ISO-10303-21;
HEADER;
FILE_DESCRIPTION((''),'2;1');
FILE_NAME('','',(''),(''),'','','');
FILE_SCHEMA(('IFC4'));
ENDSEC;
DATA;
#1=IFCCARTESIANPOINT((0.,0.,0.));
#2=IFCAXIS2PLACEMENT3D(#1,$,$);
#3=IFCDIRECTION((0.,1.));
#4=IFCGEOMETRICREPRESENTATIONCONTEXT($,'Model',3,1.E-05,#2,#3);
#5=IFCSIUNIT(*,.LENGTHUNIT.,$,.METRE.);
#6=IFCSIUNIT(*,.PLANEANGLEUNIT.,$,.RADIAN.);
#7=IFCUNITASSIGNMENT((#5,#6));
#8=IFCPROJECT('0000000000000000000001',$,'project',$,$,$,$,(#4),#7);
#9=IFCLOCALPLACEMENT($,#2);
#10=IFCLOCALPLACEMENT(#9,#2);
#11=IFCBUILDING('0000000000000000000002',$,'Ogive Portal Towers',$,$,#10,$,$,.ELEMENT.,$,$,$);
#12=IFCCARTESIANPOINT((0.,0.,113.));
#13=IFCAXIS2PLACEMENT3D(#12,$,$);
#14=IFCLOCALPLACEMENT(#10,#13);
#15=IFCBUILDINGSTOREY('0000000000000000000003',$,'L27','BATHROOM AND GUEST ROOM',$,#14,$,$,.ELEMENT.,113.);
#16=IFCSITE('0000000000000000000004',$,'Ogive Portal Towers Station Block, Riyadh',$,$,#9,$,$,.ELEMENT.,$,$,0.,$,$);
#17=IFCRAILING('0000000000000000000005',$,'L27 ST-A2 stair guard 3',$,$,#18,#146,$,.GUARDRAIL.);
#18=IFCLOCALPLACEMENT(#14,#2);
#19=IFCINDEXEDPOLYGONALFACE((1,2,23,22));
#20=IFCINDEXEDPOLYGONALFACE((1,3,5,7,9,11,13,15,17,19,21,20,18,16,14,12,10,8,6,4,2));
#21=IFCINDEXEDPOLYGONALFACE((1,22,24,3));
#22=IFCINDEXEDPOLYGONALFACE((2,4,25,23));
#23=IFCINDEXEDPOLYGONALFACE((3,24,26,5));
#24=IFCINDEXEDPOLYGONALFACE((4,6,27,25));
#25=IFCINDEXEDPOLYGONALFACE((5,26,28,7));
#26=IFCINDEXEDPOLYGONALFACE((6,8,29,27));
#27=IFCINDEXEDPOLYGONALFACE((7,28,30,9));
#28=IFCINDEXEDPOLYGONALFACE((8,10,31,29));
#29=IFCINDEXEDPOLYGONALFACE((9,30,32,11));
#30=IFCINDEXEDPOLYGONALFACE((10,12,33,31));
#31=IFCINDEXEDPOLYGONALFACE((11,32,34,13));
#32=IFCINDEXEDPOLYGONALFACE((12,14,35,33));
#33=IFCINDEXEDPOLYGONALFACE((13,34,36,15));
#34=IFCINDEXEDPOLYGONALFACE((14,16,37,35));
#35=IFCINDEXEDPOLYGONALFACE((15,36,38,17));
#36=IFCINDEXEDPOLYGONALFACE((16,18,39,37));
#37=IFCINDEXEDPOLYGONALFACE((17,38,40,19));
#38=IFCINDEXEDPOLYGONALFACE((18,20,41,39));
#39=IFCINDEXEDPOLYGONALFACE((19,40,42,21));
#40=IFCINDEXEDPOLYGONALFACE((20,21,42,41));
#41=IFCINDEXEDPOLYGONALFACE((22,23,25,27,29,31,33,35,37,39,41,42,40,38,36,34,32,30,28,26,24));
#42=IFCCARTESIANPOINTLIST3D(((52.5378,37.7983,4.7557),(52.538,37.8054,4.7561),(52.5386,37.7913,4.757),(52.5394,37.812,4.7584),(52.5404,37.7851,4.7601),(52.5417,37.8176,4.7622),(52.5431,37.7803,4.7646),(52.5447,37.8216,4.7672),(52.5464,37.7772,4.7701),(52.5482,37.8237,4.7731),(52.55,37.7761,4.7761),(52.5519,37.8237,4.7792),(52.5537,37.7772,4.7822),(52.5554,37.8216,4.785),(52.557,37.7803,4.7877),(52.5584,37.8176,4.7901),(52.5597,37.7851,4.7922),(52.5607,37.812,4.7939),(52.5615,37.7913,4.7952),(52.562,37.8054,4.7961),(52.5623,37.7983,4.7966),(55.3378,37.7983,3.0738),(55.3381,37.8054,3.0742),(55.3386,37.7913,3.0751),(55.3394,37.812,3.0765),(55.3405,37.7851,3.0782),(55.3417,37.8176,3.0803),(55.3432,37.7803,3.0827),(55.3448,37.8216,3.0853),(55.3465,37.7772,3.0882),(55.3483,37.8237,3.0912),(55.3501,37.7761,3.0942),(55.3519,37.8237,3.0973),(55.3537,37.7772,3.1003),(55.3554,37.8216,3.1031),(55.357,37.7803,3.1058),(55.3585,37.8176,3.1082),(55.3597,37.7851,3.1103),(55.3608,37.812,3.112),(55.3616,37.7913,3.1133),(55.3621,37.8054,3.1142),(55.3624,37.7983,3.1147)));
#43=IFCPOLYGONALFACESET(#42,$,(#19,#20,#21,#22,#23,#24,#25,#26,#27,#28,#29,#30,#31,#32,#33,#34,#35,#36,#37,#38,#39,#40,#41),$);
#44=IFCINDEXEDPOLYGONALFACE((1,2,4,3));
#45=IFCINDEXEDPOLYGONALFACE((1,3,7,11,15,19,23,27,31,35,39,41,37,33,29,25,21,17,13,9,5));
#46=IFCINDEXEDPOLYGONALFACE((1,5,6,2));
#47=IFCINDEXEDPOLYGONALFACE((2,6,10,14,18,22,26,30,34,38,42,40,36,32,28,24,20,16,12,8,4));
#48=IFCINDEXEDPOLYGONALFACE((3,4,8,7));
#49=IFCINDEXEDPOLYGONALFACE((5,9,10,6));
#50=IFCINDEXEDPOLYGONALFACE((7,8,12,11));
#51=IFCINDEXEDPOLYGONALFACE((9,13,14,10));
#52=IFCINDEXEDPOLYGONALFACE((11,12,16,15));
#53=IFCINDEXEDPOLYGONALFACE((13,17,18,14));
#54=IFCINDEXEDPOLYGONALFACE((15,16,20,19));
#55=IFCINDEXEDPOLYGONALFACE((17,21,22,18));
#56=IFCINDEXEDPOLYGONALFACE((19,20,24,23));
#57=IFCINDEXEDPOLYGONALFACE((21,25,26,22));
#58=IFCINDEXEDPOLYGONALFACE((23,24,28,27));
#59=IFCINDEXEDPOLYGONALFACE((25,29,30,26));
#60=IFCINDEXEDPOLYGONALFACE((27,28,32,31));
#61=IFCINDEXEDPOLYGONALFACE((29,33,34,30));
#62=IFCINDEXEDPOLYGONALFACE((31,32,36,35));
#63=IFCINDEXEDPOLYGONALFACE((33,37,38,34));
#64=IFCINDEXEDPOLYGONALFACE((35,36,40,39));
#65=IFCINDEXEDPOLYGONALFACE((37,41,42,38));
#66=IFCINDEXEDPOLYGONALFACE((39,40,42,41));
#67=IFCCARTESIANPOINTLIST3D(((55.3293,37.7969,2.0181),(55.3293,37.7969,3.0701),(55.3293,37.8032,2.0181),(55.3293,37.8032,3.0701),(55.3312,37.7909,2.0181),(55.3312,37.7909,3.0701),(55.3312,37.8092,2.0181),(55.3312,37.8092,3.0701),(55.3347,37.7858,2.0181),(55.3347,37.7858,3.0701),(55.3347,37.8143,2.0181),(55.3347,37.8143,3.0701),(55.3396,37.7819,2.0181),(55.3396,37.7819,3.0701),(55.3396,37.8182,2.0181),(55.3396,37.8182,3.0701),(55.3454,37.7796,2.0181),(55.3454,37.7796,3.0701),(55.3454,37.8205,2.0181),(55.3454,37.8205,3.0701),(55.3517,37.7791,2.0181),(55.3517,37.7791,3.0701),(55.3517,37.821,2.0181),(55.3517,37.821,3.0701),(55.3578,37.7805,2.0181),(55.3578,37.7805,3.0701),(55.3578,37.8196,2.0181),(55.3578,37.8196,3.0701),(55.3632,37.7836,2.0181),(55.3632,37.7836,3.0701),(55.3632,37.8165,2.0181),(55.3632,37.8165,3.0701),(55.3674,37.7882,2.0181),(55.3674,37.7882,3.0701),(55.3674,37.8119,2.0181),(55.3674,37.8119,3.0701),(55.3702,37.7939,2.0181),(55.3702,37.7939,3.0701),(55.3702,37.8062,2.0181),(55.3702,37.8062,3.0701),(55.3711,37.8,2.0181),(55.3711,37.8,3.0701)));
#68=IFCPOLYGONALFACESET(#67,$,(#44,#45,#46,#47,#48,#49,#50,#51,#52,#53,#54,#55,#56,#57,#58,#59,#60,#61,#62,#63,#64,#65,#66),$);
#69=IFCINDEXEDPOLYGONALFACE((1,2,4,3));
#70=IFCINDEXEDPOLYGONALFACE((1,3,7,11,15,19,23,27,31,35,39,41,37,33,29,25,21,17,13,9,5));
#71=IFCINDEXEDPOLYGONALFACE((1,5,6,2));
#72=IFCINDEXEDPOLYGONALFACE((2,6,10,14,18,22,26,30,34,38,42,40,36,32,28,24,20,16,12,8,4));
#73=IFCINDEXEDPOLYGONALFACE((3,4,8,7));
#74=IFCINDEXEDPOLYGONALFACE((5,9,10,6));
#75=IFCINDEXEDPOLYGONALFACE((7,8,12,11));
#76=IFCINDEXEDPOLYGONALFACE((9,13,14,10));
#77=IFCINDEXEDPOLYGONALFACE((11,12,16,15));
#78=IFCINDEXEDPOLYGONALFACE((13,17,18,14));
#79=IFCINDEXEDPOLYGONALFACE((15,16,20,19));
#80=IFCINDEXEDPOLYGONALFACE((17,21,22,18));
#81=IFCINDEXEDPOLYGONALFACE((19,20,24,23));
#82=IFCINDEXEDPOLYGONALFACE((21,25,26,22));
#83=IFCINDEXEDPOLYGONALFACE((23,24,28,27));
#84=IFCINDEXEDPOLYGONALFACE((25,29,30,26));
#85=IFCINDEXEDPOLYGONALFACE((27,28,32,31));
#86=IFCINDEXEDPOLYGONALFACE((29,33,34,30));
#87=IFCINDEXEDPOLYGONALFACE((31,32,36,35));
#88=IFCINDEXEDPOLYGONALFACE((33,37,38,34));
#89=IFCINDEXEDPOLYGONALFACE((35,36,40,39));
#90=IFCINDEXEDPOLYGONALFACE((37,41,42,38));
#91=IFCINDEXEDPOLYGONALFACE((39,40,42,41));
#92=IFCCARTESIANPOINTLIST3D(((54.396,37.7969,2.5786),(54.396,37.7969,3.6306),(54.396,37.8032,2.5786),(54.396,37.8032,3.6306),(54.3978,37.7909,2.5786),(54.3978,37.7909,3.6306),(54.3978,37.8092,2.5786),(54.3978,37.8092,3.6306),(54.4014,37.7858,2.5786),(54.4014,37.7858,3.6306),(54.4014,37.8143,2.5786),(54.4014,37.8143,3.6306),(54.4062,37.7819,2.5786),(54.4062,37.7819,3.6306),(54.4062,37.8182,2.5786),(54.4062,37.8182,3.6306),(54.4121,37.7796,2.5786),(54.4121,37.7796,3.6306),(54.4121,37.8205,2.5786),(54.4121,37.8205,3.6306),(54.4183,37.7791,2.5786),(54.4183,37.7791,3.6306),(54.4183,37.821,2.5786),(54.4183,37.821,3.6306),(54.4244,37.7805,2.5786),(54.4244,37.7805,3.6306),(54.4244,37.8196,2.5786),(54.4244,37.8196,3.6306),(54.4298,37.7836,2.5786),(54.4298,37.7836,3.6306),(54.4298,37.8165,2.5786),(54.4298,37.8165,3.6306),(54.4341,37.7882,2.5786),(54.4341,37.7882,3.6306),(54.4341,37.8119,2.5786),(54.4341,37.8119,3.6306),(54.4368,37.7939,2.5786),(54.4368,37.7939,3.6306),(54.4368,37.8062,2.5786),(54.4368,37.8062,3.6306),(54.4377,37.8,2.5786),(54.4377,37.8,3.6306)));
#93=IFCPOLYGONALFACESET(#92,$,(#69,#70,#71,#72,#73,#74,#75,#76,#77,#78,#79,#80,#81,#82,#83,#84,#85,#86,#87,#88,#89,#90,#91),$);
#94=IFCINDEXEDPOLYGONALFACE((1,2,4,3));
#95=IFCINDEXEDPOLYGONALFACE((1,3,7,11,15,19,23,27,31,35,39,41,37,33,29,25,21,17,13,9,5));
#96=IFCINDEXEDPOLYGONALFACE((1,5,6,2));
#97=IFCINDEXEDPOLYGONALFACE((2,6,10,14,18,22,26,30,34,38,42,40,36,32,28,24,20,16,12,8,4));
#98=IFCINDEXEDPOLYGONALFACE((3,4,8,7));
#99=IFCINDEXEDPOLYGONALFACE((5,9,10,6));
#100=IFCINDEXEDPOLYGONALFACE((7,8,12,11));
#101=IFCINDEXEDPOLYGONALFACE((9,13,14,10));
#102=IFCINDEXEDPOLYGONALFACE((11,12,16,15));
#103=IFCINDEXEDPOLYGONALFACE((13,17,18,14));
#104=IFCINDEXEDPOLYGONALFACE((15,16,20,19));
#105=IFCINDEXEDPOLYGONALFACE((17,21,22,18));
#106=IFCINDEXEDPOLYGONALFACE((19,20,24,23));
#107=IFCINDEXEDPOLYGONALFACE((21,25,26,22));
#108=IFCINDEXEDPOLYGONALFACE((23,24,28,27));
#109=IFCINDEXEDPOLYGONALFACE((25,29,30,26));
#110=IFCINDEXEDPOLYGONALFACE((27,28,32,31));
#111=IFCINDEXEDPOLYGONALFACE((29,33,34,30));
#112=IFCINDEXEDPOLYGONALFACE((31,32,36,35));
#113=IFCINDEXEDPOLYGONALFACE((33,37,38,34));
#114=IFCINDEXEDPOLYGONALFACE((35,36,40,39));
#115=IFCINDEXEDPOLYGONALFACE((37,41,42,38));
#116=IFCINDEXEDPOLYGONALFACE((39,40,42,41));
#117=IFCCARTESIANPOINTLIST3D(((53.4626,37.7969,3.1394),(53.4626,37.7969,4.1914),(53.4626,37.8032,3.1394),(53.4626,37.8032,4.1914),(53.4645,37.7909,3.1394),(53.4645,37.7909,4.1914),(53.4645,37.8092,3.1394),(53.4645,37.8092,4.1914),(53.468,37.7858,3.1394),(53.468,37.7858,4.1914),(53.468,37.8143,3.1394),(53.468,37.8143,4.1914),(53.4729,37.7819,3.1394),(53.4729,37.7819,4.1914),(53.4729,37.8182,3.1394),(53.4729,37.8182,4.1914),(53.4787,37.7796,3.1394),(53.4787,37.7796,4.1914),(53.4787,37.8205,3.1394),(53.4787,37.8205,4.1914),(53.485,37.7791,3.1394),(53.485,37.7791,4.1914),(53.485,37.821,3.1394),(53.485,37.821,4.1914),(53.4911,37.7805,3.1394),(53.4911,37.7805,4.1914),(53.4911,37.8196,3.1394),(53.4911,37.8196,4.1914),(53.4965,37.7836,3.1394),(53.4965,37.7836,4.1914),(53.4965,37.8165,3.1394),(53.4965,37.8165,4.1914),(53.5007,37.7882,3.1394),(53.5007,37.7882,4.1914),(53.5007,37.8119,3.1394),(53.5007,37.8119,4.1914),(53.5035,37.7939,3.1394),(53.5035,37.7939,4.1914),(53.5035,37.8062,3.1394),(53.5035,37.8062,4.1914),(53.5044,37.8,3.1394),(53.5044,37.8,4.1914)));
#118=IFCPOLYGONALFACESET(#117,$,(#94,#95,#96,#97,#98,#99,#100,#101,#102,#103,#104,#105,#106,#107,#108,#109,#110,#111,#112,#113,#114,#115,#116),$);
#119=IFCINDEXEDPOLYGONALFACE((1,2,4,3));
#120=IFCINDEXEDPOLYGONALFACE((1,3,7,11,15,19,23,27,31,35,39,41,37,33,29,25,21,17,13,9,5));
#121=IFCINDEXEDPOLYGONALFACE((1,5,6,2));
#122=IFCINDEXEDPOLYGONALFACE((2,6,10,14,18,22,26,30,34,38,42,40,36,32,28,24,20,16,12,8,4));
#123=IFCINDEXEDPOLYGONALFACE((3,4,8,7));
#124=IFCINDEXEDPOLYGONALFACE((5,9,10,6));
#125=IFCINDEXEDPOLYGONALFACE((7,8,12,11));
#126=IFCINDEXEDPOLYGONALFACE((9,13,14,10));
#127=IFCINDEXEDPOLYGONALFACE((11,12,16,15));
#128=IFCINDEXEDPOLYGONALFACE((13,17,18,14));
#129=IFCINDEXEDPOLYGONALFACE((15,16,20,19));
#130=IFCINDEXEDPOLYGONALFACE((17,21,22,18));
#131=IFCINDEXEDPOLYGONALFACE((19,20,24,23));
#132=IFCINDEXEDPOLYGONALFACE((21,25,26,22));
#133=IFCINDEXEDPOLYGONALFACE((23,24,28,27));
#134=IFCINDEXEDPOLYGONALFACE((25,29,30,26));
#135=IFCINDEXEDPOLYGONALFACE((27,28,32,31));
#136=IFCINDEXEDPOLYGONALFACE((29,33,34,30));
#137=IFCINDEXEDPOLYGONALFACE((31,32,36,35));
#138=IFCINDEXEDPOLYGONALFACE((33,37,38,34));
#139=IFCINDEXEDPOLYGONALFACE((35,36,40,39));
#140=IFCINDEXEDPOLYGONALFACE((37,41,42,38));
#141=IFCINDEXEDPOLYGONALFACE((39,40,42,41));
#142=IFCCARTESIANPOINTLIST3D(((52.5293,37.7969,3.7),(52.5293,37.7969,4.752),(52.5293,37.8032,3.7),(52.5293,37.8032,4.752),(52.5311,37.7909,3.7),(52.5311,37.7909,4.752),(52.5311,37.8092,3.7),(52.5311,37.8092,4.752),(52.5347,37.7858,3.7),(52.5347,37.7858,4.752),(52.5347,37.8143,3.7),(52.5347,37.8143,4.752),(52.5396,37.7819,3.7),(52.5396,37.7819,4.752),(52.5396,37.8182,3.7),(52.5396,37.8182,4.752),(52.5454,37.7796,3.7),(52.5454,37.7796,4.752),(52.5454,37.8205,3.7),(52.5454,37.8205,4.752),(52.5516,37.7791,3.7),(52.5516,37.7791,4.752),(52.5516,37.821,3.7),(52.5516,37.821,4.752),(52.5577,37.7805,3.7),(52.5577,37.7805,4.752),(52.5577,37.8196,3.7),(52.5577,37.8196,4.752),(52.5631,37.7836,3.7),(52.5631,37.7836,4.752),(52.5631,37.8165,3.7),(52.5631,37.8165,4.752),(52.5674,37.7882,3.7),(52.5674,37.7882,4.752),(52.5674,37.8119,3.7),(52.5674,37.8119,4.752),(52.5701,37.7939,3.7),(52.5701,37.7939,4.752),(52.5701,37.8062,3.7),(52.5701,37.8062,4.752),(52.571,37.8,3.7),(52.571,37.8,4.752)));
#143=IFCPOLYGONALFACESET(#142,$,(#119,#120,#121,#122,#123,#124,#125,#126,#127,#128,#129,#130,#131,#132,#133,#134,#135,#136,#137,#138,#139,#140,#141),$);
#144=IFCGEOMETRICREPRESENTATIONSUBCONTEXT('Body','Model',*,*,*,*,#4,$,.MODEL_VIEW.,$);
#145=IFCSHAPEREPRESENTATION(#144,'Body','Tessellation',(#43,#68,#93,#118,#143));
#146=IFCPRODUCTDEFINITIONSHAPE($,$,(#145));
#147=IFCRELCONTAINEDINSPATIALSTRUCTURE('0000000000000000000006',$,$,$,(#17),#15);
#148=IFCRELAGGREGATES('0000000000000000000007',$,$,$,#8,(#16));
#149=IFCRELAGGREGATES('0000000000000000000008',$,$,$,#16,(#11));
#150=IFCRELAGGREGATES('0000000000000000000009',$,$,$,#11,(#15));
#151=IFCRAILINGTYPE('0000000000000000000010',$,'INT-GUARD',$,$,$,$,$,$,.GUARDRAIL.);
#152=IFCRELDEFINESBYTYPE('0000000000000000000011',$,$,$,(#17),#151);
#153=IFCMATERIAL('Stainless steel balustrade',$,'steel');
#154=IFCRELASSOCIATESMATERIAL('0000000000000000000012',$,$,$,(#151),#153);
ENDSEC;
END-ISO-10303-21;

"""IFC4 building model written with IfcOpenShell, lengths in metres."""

from ifc_helpers import new_model, si_unit, direction, frame, origin, origin_2d, place, context, subcontext, project, spatial, circle, extrude, material, type_object, element, save


model = new_model("IFC4")

# Units and contexts
model_context = context("Model", 3, precision=1e-05, world=origin(), true_north=direction((0.0, 1.0)))
body_context = subcontext(model_context, "Body", "Model", "MODEL_VIEW")
ifc_project = project(units=[si_unit("LENGTHUNIT", "METRE"), si_unit("PLANEANGLEUNIT", "RADIAN")], contexts=[model_context])

# Site, building, storey
site_placement = place(None, origin())
site = spatial("IfcSite", under=ifc_project, at=site_placement, Name="Ogive Portal Towers Station Block, Riyadh", CompositionType="ELEMENT", RefElevation=0.0)
building_placement = place(site_placement, origin())
building = spatial("IfcBuilding", under=site, at=building_placement, Name="Ogive Portal Towers", CompositionType="ELEMENT")
storey_placement = place(building_placement, frame((0.0, 0.0, 113.0)))
storey = spatial("IfcBuildingStorey", under=building, at=storey_placement, Name="L27", Description="BATHROOM AND GUEST ROOM", CompositionType="ELEMENT", Elevation=113.0)

# Railing
ifc_material_1 = material(Name="Stainless steel balustrade", Category="steel")
railing_type_1 = type_object("IfcRailingType", Name="INT-GUARD", PredefinedType="GUARDRAIL", material=ifc_material_1)
railing_1_placement = place(storey_placement, frame((55.3501, 37.8, 2.0181)))
element("IfcRailing", 1, at=railing_1_placement, inside=storey, type_object=railing_type_1, Name="L27 ST-A2 stair guard 3", PredefinedType="GUARDRAIL", context=body_context, shape_type="SweptSolid", body=[
    extrude(circle(Radius=0.0239, at=origin_2d()), frame((0.0, 0.0, 1.0762), z_axis=(-0.857242, 0.0, 0.514913), x_axis=(0.0, -1.0, 0.0)), (0.0, 0.0, 1.0), 3.2664),
    extrude(circle(Radius=0.021, at=origin_2d()), origin(), (0.0, 0.0, 1.0), 1.052),
    extrude(circle(Radius=0.021, at=origin_2d()), frame((-0.9333, 0.0, 0.5605)), (0.0, 0.0, 1.0), 1.052),
    extrude(circle(Radius=0.021, at=origin_2d()), frame((-1.8667, 0.0, 1.1213)), (0.0, 0.0, 1.0), 1.052),
    extrude(circle(Radius=0.021, at=origin_2d()), frame((-2.8, 0.0, 1.6819)), (0.0, 0.0, 1.0), 1.052),
])

save(model, "model.ifc")
